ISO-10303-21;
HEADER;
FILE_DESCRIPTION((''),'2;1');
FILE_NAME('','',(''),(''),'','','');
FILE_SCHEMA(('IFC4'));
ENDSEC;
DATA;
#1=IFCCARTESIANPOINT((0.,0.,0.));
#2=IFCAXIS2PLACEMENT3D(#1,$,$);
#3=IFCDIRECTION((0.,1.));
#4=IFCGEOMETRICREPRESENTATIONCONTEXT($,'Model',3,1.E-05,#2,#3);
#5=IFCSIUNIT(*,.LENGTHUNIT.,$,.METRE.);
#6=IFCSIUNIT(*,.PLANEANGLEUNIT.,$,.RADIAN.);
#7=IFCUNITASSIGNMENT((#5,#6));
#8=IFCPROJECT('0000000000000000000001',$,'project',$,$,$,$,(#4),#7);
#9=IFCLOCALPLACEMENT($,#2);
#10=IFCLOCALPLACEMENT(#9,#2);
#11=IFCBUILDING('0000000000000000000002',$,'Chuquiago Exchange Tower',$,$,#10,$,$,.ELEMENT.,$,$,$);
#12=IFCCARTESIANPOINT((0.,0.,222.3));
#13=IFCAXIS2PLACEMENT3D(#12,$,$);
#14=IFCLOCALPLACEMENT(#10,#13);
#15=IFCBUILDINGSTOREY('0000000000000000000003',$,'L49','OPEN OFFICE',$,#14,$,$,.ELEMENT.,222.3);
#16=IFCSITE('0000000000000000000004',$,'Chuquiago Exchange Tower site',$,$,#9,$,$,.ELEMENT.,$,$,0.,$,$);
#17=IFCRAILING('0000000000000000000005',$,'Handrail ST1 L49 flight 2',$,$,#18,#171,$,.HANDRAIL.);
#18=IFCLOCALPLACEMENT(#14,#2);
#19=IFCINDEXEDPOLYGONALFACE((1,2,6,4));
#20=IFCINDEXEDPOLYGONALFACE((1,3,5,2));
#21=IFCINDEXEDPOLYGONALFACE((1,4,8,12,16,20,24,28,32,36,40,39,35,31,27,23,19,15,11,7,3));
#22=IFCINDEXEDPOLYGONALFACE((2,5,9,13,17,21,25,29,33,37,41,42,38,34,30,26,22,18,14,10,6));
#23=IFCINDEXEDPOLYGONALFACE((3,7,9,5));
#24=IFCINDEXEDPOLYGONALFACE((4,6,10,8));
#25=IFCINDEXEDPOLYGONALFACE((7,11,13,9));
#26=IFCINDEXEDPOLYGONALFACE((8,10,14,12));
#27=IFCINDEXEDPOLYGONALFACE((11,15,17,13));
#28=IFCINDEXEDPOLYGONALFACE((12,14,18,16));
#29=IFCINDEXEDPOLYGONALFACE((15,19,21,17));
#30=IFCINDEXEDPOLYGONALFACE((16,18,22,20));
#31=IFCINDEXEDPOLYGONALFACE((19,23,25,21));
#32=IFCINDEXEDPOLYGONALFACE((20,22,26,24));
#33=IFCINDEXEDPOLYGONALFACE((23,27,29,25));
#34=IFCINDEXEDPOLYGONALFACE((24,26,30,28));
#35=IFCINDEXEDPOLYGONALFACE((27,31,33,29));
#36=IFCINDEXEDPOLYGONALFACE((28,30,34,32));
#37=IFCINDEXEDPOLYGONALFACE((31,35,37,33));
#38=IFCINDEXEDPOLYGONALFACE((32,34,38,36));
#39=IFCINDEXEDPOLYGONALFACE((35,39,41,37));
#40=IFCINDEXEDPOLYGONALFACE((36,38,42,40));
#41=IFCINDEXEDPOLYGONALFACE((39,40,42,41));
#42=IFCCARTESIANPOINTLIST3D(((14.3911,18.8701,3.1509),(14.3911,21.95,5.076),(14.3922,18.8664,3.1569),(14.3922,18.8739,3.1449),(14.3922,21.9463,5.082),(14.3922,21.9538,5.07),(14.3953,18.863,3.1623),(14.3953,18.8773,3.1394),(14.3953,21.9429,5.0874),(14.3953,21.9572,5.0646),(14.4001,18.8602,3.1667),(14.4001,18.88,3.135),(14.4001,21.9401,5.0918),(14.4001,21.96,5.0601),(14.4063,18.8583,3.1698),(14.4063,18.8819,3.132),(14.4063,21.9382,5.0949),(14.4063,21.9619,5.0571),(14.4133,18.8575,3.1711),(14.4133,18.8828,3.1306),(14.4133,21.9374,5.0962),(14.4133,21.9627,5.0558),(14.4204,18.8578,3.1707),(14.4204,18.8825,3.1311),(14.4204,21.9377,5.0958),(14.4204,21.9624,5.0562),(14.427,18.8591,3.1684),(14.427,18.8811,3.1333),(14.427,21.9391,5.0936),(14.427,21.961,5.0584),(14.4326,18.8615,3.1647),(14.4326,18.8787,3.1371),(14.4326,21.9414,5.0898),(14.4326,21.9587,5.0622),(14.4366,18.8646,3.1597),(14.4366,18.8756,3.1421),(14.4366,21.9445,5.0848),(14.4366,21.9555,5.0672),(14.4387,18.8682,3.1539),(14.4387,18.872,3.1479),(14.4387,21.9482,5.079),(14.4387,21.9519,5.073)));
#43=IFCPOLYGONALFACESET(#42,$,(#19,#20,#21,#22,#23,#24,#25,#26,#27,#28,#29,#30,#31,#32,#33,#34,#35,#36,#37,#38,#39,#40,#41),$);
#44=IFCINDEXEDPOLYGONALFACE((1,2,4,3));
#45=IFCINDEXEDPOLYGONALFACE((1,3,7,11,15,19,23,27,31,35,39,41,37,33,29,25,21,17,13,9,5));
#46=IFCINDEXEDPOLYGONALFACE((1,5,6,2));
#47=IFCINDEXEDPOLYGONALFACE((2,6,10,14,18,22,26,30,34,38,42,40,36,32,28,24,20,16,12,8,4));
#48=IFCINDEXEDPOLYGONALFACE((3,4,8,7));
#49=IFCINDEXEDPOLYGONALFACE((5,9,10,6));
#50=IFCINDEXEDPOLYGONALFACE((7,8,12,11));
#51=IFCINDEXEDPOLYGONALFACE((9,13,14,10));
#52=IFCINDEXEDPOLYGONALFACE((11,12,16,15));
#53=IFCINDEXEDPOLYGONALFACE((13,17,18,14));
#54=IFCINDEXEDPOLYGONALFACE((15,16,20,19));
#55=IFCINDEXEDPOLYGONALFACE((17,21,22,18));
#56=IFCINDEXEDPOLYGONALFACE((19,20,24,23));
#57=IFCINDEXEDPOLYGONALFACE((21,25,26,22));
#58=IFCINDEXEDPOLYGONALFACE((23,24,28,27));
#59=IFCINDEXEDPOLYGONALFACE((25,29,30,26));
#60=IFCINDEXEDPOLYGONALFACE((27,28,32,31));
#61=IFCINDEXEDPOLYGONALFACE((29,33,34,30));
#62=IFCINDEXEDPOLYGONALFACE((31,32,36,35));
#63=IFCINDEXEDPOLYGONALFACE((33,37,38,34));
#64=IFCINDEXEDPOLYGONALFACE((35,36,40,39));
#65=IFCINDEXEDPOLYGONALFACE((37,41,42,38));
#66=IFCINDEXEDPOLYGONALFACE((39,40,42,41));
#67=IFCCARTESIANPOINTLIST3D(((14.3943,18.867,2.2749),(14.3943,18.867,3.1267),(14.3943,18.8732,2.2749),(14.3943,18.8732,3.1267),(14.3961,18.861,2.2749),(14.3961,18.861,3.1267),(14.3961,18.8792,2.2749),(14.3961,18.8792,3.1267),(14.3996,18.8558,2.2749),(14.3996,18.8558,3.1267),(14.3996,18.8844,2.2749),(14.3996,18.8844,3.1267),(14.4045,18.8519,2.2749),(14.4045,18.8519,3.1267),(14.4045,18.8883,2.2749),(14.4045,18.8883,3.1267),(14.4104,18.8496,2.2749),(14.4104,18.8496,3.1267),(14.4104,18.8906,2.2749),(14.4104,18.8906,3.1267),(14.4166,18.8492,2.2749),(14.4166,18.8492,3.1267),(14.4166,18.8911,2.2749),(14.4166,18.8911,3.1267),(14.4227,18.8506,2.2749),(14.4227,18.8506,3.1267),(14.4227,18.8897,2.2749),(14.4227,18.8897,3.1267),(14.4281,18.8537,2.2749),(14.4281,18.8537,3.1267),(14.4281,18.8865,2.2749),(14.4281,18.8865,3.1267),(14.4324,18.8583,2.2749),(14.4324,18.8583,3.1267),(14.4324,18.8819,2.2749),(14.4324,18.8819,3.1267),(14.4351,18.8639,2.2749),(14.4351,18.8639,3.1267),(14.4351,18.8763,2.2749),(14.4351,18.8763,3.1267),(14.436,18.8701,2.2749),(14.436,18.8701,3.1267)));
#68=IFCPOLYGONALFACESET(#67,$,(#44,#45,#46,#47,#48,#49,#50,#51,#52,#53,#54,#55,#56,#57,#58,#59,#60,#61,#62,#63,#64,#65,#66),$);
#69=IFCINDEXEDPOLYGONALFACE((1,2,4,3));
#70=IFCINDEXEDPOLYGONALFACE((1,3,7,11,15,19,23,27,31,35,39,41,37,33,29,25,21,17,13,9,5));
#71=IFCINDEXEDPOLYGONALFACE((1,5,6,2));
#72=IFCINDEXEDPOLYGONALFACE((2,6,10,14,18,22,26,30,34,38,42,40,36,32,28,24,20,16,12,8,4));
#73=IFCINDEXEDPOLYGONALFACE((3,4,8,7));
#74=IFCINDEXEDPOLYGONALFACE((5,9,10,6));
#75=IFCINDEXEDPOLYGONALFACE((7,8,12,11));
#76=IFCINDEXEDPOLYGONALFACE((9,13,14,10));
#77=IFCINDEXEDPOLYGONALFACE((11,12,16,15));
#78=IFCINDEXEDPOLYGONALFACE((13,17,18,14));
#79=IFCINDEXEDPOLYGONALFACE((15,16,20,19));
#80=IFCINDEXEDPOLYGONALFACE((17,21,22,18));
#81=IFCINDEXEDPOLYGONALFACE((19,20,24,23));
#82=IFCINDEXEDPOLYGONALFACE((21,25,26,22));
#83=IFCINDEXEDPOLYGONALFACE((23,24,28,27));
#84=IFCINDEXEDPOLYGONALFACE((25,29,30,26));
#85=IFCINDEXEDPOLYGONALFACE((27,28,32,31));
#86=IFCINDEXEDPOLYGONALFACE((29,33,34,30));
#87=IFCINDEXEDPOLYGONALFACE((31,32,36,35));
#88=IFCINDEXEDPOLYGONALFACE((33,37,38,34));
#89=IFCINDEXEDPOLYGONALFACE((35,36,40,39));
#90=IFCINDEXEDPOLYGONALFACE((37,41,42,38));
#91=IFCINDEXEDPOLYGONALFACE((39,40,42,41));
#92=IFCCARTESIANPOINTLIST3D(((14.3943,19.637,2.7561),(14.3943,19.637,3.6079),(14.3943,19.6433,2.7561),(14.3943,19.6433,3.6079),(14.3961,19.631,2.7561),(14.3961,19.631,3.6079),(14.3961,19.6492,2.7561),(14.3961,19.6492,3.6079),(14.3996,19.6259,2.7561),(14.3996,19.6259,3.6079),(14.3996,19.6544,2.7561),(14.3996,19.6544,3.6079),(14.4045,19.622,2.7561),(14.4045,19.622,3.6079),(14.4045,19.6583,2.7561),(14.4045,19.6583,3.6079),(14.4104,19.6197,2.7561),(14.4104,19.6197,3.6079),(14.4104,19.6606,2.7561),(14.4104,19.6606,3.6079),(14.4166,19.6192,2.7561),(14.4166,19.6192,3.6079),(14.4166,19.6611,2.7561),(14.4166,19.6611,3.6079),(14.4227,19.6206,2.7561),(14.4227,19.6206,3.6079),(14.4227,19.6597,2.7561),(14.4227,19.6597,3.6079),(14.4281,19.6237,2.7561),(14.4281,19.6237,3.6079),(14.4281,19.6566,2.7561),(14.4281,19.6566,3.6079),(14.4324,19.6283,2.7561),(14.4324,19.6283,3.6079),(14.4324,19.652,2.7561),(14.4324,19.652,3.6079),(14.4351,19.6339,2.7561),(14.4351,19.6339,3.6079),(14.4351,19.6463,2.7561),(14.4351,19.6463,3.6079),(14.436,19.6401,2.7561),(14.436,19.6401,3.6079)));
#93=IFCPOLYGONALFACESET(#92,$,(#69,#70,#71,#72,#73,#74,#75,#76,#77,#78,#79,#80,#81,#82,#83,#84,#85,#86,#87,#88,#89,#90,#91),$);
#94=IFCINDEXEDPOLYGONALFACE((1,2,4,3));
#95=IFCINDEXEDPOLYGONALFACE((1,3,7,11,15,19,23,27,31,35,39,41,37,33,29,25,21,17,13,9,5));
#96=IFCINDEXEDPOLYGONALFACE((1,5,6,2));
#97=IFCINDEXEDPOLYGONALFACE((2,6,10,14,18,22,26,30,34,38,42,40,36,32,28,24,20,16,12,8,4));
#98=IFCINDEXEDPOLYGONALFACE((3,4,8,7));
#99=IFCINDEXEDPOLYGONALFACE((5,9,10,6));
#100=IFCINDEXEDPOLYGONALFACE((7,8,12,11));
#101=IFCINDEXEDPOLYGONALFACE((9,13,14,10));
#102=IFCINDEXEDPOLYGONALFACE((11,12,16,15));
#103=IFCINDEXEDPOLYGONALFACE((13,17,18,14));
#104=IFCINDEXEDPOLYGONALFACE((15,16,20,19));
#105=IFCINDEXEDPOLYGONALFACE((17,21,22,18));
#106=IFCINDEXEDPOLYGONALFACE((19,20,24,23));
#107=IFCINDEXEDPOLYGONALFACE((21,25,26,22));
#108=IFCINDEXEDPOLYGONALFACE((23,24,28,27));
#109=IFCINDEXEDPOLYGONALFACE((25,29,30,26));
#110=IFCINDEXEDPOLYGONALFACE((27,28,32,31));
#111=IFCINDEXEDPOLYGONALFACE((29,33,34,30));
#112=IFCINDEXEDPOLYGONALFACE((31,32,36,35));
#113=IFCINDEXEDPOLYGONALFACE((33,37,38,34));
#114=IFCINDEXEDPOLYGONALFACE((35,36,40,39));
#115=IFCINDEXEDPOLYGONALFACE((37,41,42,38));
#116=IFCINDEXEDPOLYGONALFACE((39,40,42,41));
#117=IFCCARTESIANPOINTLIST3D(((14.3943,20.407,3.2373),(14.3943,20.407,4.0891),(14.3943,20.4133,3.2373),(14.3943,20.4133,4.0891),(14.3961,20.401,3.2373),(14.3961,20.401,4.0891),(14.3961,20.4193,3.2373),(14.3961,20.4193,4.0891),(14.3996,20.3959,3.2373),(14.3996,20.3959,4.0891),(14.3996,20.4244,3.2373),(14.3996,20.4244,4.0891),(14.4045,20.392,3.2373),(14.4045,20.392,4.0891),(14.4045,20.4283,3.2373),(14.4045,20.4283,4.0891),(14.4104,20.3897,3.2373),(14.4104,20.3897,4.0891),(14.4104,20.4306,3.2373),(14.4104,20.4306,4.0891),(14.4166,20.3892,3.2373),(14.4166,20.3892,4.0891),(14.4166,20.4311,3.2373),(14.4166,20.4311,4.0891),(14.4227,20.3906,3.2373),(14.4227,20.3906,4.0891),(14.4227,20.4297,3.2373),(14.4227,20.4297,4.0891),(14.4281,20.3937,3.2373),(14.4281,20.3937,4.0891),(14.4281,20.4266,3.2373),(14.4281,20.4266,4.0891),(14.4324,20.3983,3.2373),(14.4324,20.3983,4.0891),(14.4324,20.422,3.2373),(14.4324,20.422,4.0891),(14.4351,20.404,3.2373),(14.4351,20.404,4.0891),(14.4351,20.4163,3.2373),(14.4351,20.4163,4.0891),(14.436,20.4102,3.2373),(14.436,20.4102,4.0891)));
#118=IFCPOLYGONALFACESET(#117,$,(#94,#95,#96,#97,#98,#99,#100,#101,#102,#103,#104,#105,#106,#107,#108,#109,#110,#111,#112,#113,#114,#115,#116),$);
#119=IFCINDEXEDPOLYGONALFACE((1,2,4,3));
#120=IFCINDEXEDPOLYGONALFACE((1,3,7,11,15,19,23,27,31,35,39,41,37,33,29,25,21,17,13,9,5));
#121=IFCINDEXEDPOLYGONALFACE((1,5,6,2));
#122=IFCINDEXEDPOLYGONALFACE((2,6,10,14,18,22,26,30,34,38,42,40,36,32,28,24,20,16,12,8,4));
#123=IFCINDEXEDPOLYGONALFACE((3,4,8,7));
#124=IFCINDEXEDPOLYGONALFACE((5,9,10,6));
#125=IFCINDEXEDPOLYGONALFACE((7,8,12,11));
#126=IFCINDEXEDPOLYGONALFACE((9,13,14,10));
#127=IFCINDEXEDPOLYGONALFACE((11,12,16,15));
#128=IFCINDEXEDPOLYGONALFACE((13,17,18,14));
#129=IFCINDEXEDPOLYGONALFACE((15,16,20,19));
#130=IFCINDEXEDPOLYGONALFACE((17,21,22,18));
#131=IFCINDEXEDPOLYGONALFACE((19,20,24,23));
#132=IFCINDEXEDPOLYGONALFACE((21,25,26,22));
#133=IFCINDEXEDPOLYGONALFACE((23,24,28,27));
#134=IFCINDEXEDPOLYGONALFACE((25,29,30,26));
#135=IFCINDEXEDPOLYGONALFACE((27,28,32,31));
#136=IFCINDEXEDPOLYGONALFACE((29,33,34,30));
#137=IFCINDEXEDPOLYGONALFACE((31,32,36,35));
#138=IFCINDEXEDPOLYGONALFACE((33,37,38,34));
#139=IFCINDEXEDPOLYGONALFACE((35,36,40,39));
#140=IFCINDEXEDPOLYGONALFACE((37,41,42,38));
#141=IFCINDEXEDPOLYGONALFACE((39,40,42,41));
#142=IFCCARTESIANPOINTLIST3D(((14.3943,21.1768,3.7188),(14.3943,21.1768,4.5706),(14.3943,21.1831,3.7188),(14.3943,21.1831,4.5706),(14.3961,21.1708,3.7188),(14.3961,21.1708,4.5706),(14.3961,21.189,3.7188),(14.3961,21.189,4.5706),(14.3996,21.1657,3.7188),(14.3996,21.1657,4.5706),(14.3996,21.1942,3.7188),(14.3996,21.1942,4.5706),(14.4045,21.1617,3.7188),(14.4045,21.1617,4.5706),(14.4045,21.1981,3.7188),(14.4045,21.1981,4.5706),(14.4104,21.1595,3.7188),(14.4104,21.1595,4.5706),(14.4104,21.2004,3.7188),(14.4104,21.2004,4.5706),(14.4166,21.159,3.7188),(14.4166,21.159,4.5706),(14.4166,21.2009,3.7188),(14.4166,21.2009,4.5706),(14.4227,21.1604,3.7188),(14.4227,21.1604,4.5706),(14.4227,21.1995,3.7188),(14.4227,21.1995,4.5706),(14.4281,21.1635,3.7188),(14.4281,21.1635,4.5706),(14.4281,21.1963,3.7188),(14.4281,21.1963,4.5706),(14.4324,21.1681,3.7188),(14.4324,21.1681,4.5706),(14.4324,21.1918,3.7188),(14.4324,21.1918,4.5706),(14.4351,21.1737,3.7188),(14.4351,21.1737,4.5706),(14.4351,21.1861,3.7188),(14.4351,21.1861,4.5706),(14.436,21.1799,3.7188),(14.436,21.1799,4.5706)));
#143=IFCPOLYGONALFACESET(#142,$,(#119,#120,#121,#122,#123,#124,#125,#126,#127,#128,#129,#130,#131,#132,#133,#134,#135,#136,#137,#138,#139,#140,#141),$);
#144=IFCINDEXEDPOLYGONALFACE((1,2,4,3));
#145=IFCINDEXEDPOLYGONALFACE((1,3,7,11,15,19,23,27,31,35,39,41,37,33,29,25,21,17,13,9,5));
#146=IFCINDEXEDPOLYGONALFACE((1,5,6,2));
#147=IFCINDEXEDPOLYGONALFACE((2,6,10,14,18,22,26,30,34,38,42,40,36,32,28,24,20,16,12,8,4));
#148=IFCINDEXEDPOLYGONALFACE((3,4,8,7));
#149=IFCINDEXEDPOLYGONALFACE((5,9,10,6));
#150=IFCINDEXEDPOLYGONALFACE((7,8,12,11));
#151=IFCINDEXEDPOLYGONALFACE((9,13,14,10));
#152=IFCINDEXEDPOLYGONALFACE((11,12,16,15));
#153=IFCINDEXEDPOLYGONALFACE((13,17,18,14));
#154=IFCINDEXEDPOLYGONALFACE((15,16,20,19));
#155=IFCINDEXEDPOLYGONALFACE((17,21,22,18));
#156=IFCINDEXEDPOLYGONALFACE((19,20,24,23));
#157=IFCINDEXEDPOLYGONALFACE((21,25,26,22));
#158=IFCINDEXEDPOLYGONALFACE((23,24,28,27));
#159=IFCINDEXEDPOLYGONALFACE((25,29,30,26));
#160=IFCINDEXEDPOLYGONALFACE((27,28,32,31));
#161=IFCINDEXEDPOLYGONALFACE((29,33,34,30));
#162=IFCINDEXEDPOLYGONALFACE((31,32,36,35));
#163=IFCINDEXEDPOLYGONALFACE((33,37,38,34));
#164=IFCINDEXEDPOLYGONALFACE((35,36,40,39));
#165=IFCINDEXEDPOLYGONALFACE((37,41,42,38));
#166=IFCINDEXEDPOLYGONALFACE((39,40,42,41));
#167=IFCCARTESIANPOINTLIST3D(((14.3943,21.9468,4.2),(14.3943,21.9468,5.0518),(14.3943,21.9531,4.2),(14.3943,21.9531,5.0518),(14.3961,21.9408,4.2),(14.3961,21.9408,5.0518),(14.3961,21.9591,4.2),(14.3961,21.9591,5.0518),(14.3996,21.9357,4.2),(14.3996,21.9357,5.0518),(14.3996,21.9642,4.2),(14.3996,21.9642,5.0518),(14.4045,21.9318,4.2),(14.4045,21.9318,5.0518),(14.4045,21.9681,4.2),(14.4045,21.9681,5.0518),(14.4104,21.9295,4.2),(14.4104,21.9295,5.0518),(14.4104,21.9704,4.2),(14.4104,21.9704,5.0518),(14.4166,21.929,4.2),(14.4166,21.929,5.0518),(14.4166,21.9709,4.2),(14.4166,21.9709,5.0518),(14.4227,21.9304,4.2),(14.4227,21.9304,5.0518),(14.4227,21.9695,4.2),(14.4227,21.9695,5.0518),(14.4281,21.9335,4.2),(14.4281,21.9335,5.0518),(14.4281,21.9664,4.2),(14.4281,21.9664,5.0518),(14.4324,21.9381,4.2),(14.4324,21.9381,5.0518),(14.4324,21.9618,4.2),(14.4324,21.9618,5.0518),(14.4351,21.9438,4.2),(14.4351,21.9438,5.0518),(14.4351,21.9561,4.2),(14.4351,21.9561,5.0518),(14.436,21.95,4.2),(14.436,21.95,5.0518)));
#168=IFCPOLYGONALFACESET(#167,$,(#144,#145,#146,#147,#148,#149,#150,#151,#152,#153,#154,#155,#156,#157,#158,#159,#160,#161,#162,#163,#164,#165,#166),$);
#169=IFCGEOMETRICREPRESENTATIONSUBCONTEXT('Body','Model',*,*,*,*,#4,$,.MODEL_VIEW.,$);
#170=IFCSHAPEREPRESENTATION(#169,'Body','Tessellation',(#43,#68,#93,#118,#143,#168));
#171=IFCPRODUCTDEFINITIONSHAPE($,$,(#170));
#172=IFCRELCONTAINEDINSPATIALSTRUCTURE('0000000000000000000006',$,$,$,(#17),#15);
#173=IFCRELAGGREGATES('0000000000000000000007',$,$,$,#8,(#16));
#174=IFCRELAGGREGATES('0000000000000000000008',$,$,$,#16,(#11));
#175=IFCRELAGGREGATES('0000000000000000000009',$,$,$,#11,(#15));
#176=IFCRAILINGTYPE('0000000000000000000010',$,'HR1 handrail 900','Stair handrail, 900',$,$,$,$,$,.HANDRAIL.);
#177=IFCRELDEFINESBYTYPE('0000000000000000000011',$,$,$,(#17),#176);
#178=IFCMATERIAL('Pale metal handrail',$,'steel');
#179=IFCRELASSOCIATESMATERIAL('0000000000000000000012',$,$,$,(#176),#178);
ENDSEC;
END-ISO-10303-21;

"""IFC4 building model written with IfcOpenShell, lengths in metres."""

from ifc_helpers import new_model, si_unit, direction, frame, origin, origin_2d, place, context, subcontext, project, spatial, circle, extrude, material, type_object, element, save


model = new_model("IFC4")

# Units and contexts
model_context = context("Model", 3, precision=1e-05, world=origin(), true_north=direction((0.0, 1.0)))
body_context = subcontext(model_context, "Body", "Model", "MODEL_VIEW")
ifc_project = project(units=[si_unit("LENGTHUNIT", "METRE"), si_unit("PLANEANGLEUNIT", "RADIAN")], contexts=[model_context])

# Site, building, storey
site_placement = place(None, origin())
site = spatial("IfcSite", under=ifc_project, at=site_placement, Name="Chuquiago Exchange Tower site", CompositionType="ELEMENT", RefElevation=0.0)
building_placement = place(site_placement, origin())
building = spatial("IfcBuilding", under=site, at=building_placement, Name="Chuquiago Exchange Tower", CompositionType="ELEMENT")
storey_placement = place(building_placement, frame((0.0, 0.0, 222.3)))
storey = spatial("IfcBuildingStorey", under=building, at=storey_placement, Name="L49", Description="OPEN OFFICE", CompositionType="ELEMENT", Elevation=222.3)

# Railing
ifc_material_1 = material(Name="Pale metal handrail", Category="steel")
railing_type_1 = type_object("IfcRailingType", Name="HR1 handrail 900", Description="Stair handrail, 900", PredefinedType="HANDRAIL", material=ifc_material_1)
for number, where, name in (
    (1, (14.415, 18.8701, 2.2749), "Handrail ST1 L49 flight 2"),
):
    element("IfcRailing", number, at=place(storey_placement, frame(where)), inside=storey, type_object=railing_type_1, Name=name, PredefinedType="HANDRAIL", context=body_context, shape_type="SweptSolid", body=[
        extrude(circle(Radius=0.0239, at=origin_2d()), frame((0.0, 0.0, 0.876), z_axis=(0.0, 0.847979, 0.530029), x_axis=(-1.0, 0.0, 0.0)), (0.0, 0.0, 1.0), 3.6321),
        extrude(circle(Radius=0.021, at=origin_2d()), origin(), (0.0, 0.0, 1.0), 0.8518),
        extrude(circle(Radius=0.021, at=origin_2d()), frame((0.0, 0.77, 0.4812)), (0.0, 0.0, 1.0), 0.8518),
        extrude(circle(Radius=0.021, at=origin_2d()), frame((0.0, 1.54, 0.9624)), (0.0, 0.0, 1.0), 0.8518),
        extrude(circle(Radius=0.021, at=origin_2d()), frame((0.0, 2.3098, 1.4438)), (0.0, 0.0, 1.0), 0.8518),
        extrude(circle(Radius=0.021, at=origin_2d()), frame((0.0, 3.0798, 1.925)), (0.0, 0.0, 1.0), 0.8518),
    ])

save(model, "model.ifc")
